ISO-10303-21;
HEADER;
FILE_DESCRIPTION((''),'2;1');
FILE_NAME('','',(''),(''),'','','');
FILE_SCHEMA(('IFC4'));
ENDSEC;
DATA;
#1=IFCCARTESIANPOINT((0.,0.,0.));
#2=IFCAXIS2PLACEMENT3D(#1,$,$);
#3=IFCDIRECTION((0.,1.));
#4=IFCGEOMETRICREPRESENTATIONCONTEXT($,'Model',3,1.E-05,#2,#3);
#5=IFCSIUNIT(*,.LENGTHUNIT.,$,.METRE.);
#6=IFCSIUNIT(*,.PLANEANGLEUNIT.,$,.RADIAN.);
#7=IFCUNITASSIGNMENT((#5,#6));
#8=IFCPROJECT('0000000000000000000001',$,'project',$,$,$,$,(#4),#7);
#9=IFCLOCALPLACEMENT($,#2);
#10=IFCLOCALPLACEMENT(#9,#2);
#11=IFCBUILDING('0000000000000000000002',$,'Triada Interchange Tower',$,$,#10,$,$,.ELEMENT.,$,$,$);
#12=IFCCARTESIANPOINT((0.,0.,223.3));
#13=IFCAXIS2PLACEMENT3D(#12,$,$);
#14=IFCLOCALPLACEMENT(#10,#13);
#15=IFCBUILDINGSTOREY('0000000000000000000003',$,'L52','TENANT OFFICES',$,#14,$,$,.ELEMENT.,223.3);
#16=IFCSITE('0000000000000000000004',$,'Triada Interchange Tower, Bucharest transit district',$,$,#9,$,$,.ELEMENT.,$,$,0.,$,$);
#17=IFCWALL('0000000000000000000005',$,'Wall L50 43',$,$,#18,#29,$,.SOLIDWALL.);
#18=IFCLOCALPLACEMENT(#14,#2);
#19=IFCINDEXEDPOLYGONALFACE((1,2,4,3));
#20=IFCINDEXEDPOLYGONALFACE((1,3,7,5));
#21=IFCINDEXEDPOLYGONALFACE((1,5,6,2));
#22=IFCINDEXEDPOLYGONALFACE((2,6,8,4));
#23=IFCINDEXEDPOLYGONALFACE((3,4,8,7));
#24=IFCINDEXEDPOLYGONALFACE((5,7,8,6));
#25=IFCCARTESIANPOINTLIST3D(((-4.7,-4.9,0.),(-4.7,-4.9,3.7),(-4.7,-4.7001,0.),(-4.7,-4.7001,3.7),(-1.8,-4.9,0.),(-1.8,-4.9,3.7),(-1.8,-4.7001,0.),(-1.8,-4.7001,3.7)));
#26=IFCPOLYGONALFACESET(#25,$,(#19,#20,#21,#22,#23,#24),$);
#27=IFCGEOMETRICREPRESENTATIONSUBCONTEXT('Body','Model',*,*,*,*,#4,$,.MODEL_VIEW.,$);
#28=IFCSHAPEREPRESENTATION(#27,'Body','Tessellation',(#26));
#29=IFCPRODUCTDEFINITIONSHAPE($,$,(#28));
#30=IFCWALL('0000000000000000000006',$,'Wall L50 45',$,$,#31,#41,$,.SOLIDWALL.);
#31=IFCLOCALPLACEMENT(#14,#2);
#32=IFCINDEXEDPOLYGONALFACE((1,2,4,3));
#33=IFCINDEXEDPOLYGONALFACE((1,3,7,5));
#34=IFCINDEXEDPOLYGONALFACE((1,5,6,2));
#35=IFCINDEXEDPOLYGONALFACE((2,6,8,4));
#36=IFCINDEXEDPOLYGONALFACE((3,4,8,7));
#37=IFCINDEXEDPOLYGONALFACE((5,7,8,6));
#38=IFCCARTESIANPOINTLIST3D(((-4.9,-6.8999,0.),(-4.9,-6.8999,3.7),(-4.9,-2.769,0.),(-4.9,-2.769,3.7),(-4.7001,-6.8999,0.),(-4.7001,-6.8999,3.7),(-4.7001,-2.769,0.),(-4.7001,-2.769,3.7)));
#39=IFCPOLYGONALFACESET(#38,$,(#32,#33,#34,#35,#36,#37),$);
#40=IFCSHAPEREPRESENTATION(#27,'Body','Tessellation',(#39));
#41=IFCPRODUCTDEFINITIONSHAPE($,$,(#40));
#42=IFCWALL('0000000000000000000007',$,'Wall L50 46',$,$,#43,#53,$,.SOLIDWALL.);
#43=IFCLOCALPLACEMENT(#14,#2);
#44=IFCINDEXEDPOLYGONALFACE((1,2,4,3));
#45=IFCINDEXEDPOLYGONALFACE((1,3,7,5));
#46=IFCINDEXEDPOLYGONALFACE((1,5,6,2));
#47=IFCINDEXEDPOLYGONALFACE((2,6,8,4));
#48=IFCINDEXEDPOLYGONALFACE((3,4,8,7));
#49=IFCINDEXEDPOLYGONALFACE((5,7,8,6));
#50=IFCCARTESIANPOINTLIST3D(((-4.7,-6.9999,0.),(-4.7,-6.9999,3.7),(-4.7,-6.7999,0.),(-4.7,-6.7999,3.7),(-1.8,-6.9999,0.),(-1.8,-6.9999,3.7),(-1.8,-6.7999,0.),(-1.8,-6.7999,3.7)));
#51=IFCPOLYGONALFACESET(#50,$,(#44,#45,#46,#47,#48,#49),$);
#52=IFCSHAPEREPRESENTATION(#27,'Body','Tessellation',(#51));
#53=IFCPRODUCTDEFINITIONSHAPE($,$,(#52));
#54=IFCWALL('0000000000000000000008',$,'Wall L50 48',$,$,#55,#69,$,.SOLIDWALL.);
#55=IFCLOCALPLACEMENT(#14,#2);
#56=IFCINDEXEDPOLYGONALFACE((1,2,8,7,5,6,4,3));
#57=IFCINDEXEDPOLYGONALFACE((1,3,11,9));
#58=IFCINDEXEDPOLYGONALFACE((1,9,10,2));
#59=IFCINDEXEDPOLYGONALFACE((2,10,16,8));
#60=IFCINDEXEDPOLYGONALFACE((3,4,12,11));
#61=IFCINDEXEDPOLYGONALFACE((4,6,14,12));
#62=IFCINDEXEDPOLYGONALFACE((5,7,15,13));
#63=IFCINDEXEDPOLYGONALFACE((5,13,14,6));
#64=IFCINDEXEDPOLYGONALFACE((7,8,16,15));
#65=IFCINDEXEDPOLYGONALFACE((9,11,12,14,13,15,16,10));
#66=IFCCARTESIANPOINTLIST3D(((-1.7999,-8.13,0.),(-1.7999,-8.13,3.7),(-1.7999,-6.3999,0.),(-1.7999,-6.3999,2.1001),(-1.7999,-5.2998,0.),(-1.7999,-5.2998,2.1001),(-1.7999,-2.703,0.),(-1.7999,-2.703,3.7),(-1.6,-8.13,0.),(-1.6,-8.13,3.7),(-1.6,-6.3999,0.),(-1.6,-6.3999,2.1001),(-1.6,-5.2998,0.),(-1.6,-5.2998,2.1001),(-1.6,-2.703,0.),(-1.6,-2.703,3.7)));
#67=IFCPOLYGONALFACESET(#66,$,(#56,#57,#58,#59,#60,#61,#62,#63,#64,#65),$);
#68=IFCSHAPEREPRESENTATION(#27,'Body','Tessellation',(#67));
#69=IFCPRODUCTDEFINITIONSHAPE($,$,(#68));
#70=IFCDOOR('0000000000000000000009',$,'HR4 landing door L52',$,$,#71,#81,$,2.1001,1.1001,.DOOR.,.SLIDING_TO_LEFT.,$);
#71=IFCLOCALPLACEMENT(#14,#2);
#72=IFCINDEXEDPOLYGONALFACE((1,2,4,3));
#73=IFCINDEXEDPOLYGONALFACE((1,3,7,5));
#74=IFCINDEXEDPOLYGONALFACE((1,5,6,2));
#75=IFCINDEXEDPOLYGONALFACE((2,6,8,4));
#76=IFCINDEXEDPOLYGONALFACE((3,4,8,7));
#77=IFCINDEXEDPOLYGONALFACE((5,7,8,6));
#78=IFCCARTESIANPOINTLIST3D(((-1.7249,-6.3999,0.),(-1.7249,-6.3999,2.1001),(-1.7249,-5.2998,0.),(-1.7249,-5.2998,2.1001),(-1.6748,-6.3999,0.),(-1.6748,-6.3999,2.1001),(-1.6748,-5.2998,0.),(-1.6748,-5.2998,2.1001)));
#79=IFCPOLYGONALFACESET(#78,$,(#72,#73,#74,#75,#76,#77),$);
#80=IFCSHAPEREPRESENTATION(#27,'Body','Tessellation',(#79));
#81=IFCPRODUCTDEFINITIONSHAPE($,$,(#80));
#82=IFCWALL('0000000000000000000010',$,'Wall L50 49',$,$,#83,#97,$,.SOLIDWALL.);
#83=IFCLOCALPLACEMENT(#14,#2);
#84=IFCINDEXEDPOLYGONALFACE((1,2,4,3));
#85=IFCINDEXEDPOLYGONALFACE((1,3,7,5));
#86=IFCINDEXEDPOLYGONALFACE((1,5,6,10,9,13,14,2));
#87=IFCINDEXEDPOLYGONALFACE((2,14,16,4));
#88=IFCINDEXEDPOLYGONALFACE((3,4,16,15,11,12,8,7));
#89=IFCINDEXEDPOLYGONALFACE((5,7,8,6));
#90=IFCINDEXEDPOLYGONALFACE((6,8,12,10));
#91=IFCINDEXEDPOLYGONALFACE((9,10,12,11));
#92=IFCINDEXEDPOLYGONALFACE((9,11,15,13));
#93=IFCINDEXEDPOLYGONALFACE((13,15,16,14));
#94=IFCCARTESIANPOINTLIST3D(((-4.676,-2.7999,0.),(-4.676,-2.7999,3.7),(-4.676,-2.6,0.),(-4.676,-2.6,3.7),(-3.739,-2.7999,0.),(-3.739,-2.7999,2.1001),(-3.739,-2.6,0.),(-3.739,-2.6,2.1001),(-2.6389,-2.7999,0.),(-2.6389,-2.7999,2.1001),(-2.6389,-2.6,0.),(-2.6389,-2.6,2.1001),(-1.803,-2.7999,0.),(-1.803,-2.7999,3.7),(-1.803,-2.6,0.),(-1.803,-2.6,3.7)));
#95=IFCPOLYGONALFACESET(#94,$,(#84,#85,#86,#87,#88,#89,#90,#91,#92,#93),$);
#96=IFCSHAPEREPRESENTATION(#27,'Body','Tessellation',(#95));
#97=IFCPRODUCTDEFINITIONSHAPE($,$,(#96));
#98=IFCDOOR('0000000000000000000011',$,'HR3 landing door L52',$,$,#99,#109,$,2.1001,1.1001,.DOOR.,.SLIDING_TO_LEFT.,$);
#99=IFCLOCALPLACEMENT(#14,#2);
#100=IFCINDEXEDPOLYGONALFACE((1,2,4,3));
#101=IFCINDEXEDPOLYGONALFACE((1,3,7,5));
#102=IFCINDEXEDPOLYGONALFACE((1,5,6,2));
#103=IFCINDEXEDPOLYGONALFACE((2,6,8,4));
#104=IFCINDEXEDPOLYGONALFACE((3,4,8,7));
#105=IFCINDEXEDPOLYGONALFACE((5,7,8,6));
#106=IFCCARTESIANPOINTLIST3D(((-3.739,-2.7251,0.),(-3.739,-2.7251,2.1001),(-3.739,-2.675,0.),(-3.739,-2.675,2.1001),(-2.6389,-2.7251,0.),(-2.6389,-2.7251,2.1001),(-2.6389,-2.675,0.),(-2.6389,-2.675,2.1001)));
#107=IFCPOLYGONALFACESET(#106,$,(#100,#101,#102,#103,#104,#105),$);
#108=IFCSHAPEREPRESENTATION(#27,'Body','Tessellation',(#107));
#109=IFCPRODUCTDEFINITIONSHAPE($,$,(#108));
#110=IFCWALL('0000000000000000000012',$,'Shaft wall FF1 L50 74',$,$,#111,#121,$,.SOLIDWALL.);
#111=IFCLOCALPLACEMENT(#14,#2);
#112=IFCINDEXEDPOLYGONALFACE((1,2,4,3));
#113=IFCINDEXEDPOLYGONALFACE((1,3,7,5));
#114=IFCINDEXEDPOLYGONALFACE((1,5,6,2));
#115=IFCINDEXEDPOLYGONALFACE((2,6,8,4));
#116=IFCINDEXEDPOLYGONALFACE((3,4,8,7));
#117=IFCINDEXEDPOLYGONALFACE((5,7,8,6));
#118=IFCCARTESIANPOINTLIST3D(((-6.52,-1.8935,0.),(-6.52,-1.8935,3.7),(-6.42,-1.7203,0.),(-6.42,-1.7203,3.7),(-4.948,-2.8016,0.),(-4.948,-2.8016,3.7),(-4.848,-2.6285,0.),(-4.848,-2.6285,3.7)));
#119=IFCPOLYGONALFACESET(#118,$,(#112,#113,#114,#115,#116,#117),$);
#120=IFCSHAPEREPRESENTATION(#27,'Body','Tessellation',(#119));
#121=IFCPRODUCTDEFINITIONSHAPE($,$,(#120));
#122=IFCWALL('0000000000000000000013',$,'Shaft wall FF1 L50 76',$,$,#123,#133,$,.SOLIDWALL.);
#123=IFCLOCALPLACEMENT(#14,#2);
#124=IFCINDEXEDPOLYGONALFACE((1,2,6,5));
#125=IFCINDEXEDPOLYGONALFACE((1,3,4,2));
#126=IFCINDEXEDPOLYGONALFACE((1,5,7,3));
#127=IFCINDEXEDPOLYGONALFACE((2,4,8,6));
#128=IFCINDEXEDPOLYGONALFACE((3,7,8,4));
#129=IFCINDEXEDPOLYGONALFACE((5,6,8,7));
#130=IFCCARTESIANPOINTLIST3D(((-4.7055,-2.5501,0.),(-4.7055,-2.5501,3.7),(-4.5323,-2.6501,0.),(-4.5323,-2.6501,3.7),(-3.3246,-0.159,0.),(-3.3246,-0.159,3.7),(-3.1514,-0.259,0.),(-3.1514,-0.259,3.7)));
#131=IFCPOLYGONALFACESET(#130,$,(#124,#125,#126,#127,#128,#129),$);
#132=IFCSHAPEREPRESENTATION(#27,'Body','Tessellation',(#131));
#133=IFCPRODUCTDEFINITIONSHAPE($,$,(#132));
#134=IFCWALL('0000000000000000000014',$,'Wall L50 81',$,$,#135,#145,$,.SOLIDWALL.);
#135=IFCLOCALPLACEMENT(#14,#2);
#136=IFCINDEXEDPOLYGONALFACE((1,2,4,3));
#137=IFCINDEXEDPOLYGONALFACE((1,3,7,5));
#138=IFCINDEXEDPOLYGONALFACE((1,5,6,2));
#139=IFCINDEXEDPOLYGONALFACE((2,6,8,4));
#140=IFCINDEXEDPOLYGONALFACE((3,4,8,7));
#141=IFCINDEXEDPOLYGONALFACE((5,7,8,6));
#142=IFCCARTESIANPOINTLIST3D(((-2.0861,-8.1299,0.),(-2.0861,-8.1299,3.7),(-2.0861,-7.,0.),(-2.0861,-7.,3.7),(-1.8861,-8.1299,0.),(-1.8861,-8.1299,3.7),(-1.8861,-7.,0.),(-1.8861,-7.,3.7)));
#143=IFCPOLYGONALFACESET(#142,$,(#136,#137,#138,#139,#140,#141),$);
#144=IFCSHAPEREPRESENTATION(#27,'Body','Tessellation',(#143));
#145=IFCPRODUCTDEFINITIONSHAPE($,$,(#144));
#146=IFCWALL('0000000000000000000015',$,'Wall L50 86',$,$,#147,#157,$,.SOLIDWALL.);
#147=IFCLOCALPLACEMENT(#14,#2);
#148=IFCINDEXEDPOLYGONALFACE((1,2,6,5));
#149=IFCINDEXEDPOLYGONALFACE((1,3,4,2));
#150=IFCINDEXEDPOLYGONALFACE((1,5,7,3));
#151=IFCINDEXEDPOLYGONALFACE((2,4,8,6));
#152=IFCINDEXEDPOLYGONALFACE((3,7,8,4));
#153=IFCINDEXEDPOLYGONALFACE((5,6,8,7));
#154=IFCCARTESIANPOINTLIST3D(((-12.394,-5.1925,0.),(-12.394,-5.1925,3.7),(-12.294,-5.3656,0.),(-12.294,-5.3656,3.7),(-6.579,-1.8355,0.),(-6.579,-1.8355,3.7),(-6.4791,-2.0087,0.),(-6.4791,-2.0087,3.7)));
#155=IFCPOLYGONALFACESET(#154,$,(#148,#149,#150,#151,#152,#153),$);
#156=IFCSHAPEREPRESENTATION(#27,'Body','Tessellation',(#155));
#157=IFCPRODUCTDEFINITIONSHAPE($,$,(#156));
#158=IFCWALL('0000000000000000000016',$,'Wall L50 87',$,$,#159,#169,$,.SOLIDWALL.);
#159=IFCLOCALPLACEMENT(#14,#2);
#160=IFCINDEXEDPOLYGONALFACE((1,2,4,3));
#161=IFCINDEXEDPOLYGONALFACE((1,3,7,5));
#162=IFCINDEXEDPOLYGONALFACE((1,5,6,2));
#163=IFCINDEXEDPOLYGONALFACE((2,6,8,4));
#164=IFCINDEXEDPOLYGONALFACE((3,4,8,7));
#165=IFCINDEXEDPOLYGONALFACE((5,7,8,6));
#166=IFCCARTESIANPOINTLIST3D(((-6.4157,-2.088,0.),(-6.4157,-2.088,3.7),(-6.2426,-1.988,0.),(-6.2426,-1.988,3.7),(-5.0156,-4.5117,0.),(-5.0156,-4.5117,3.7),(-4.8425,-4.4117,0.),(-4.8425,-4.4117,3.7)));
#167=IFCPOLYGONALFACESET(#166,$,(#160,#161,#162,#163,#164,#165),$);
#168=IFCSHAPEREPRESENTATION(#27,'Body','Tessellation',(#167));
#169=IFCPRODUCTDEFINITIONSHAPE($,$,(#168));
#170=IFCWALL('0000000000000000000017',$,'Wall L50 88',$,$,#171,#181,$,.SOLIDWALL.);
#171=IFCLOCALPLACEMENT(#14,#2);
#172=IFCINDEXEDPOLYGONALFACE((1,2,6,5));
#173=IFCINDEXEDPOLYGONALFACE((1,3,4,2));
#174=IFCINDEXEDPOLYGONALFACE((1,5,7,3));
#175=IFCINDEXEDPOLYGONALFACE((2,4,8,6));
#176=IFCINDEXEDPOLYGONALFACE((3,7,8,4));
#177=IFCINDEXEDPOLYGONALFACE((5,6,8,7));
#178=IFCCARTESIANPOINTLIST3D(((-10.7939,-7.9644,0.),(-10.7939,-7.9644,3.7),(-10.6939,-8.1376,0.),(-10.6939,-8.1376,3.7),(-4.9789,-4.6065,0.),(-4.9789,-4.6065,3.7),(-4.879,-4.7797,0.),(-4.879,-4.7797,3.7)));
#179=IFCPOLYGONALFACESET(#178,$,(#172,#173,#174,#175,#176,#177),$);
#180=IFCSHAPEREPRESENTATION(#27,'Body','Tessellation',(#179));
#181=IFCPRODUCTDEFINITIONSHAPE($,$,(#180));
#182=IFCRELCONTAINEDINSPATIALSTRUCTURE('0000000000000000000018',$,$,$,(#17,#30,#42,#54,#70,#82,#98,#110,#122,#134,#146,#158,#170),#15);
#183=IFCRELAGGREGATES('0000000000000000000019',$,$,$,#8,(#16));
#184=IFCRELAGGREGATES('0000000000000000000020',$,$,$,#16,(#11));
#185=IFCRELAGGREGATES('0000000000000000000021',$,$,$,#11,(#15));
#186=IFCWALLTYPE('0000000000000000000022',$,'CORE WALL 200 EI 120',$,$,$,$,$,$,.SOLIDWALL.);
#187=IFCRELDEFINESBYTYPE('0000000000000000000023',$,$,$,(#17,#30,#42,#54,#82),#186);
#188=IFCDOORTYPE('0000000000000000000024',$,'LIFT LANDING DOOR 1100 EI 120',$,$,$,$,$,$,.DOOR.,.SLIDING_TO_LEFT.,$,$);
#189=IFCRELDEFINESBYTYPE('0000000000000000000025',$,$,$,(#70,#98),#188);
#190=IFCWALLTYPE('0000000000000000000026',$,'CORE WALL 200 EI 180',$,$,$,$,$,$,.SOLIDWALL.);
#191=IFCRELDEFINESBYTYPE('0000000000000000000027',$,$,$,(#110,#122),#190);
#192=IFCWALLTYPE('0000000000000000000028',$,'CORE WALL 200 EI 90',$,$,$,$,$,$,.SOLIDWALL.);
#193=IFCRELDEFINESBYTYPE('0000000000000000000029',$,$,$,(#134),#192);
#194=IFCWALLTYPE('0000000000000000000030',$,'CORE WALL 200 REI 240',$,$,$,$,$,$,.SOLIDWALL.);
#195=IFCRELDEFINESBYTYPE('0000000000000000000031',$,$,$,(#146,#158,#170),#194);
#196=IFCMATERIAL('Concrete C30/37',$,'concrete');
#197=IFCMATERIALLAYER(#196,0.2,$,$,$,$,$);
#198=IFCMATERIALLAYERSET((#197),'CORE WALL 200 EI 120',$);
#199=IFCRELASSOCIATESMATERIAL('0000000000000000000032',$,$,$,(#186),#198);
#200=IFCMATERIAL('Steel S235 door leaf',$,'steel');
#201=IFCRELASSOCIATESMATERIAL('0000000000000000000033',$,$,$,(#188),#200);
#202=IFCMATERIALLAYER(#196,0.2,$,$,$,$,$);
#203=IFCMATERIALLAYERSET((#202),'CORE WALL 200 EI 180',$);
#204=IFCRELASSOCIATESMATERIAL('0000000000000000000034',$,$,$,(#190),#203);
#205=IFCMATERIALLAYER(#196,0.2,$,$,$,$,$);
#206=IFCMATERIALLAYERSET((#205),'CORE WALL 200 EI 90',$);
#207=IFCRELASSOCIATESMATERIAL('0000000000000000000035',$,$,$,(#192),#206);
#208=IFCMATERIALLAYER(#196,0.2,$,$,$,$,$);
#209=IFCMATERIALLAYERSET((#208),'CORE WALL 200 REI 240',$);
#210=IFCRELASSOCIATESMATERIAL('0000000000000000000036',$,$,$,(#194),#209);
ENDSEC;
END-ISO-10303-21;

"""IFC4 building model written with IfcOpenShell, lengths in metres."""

from ifc_helpers import new_model, si_unit, direction, frame, frame_2d, origin, place, context, subcontext, project, spatial, rectangle, extrude, material, layer, layer_set, type_object, element, fill, save


model = new_model("IFC4")

# Units and contexts
model_context = context("Model", 3, precision=1e-05, world=origin(), true_north=direction((0.0, 1.0)))
body_context = subcontext(model_context, "Body", "Model", "MODEL_VIEW")
ifc_project = project(units=[si_unit("LENGTHUNIT", "METRE"), si_unit("PLANEANGLEUNIT", "RADIAN")], contexts=[model_context])

# Site, building, storey
site_placement = place(None, origin())
site = spatial("IfcSite", under=ifc_project, at=site_placement, Name="Triada Interchange Tower, Bucharest transit district", CompositionType="ELEMENT", RefElevation=0.0)
building_placement = place(site_placement, origin())
building = spatial("IfcBuilding", under=site, at=building_placement, Name="Triada Interchange Tower", CompositionType="ELEMENT")
storey_placement = place(building_placement, frame((0.0, 0.0, 223.3)))
storey = spatial("IfcBuildingStorey", under=building, at=storey_placement, Name="L52", Description="TENANT OFFICES", CompositionType="ELEMENT", Elevation=223.3)

# Walls
ifc_material_1 = material(Name="Concrete C30/37", Category="concrete")
ifc_layer_1 = layer(ifc_material_1, 0.2)
ifc_layer_set_1 = layer_set([ifc_layer_1], Name="CORE WALL 200 EI 120")
wall_type_1 = type_object("IfcWallType", Name="CORE WALL 200 EI 120", PredefinedType="SOLIDWALL", material=ifc_layer_set_1)
wall_1_placement = place(storey_placement, frame((-4.7, -4.8, 0.0), z_axis=(0.0, 0.0, 1.0), x_axis=(1.0, 0.0, 0.0)))
element("IfcWall", 1, at=wall_1_placement, inside=storey, type_object=wall_type_1, Name="Wall L50 43", PredefinedType="SOLIDWALL", context=body_context, shape_type="SweptSolid", body=[
    extrude(rectangle(XDim=2.8999, YDim=0.2, at=frame_2d((1.45, 0.0))), origin(), (0.0, 0.0, 1.0), 3.7),
])
wall_2_placement = place(storey_placement, frame((-4.8, -6.8999, 0.0), z_axis=(0.0, 0.0, 1.0), x_axis=(0.0, 1.0, 0.0)))
element("IfcWall", 2, at=wall_2_placement, inside=storey, type_object=wall_type_1, Name="Wall L50 45", PredefinedType="SOLIDWALL", context=body_context, shape_type="SweptSolid", body=[
    extrude(rectangle(XDim=4.1309, YDim=0.2, at=frame_2d((2.0654, 0.0))), origin(), (0.0, 0.0, 1.0), 3.7),
])
wall_3_placement = place(storey_placement, frame((-4.7, -6.8999, 0.0), z_axis=(0.0, 0.0, 1.0), x_axis=(1.0, 0.0, 0.0)))
element("IfcWall", 3, at=wall_3_placement, inside=storey, type_object=wall_type_1, Name="Wall L50 46", PredefinedType="SOLIDWALL", context=body_context, shape_type="SweptSolid", body=[
    extrude(rectangle(XDim=2.8999, YDim=0.2, at=frame_2d((1.45, 0.0))), origin(), (0.0, 0.0, 1.0), 3.7),
])

# Walls, openings, doors
wall_4_placement = place(storey_placement, frame((-1.7, -8.1299, 0.0), z_axis=(0.0, 0.0, 1.0), x_axis=(0.0, 1.0, 0.0)))
wall_4 = element("IfcWall", 4, at=wall_4_placement, inside=storey, type_object=wall_type_1, Name="Wall L50 48", PredefinedType="SOLIDWALL", context=body_context, shape_type="SweptSolid", body=[
    extrude(rectangle(XDim=5.427, YDim=0.2, at=frame_2d((2.7134, 0.0))), origin(), (0.0, 0.0, 1.0), 3.7),
])
opening_1_placement = place(wall_4_placement, frame((1.73, 0.0, 0.0)))
opening_1 = element("IfcOpeningElement", 5, at=opening_1_placement, cuts=wall_4, PredefinedType="OPENING", context=body_context, shape_type="SweptSolid", body=[
    extrude(rectangle(XDim=1.1001, YDim=2.1001, at=frame_2d((0.55, 1.05))), frame((0.0, 0.1099, 0.0), z_axis=(0.0, -1.0, 0.0), x_axis=(1.0, 0.0, 0.0)), (0.0, 0.0, 1.0), 0.22),
])
ifc_material_2 = material(Name="Steel S235 door leaf", Category="steel")
door_type_1 = type_object("IfcDoorType", Name="LIFT LANDING DOOR 1100 EI 120", OperationType="SLIDING_TO_LEFT", PredefinedType="DOOR", material=ifc_material_2)
door_1_placement = place(opening_1_placement, origin())
door_1 = element("IfcDoor", 6, at=door_1_placement, inside=storey, type_object=door_type_1, Name="HR4 landing door L52", OperationType="SLIDING_TO_LEFT", OverallHeight=2.1001, OverallWidth=1.1001, PredefinedType="DOOR", context=body_context, shape_type="SweptSolid", body=[
    extrude(rectangle(XDim=1.1001, YDim=2.1001, at=frame_2d((0.55, 1.05))), frame((0.0, 0.0249, 0.0), z_axis=(0.0, -1.0, 0.0), x_axis=(1.0, 0.0, 0.0)), (0.0, 0.0, 1.0), 0.05),
])
fill(opening_1, door_1)
wall_5_placement = place(storey_placement, frame((-4.676, -2.7, 0.0), z_axis=(0.0, 0.0, 1.0), x_axis=(1.0, 0.0, 0.0)))
wall_5 = element("IfcWall", 7, at=wall_5_placement, inside=storey, type_object=wall_type_1, Name="Wall L50 49", PredefinedType="SOLIDWALL", context=body_context, shape_type="SweptSolid", body=[
    extrude(rectangle(XDim=2.873, YDim=0.2, at=frame_2d((1.4365, 0.0))), origin(), (0.0, 0.0, 1.0), 3.7),
])
opening_2_placement = place(wall_5_placement, frame((0.937, 0.0, 0.0)))
opening_2 = element("IfcOpeningElement", 8, at=opening_2_placement, cuts=wall_5, PredefinedType="OPENING", context=body_context, shape_type="SweptSolid", body=[
    extrude(rectangle(XDim=1.1001, YDim=2.1001, at=frame_2d((0.55, 1.05))), frame((0.0, 0.1099, 0.0), z_axis=(0.0, -1.0, 0.0), x_axis=(1.0, 0.0, 0.0)), (0.0, 0.0, 1.0), 0.22),
])
door_2_placement = place(opening_2_placement, origin())
door_2 = element("IfcDoor", 9, at=door_2_placement, inside=storey, type_object=door_type_1, Name="HR3 landing door L52", OperationType="SLIDING_TO_LEFT", OverallHeight=2.1001, OverallWidth=1.1001, PredefinedType="DOOR", context=body_context, shape_type="SweptSolid", body=[
    extrude(rectangle(XDim=1.1001, YDim=2.1001, at=frame_2d((0.55, 1.05))), frame((0.0, 0.0249, 0.0), z_axis=(0.0, -1.0, 0.0), x_axis=(1.0, 0.0, 0.0)), (0.0, 0.0, 1.0), 0.05),
])
fill(opening_2, door_2)

# Walls
ifc_layer_2 = layer(ifc_material_1, 0.2)
ifc_layer_set_2 = layer_set([ifc_layer_2], Name="CORE WALL 200 EI 180")
wall_type_2 = type_object("IfcWallType", Name="CORE WALL 200 EI 180", PredefinedType="SOLIDWALL", material=ifc_layer_set_2)
wall_6_placement = place(storey_placement, frame((-6.47, -1.8069, 0.0), z_axis=(0.0, 0.0, 1.0), x_axis=(0.865883, -0.500246, 0.0)))
element("IfcWall", 10, at=wall_6_placement, inside=storey, type_object=wall_type_2, Name="Shaft wall FF1 L50 74", PredefinedType="SOLIDWALL", context=body_context, shape_type="SweptSolid", body=[
    extrude(rectangle(XDim=1.8154, YDim=0.2, at=frame_2d((0.9077, 0.0))), origin(), (0.0, 0.0, 1.0), 3.7),
])
wall_7_placement = place(storey_placement, frame((-4.6189, -2.6001, 0.0), z_axis=(0.0, 0.0, 1.0), x_axis=(0.500095, 0.865971, 0.0)))
element("IfcWall", 11, at=wall_7_placement, inside=storey, type_object=wall_type_2, Name="Shaft wall FF1 L50 76", PredefinedType="SOLIDWALL", context=body_context, shape_type="SweptSolid", body=[
    extrude(rectangle(XDim=2.7612, YDim=0.2, at=frame_2d((1.3806, 0.0))), origin(), (0.0, 0.0, 1.0), 3.7),
])
ifc_layer_3 = layer(ifc_material_1, 0.2)
ifc_layer_set_3 = layer_set([ifc_layer_3], Name="CORE WALL 200 EI 90")
wall_type_3 = type_object("IfcWallType", Name="CORE WALL 200 EI 90", PredefinedType="SOLIDWALL", material=ifc_layer_set_3)
wall_8_placement = place(storey_placement, frame((-1.9861, -8.1299, 0.0), z_axis=(0.0, 0.0, 1.0), x_axis=(0.0, 1.0, 0.0)))
element("IfcWall", 12, at=wall_8_placement, inside=storey, type_object=wall_type_3, Name="Wall L50 81", PredefinedType="SOLIDWALL", context=body_context, shape_type="SweptSolid", body=[
    extrude(rectangle(XDim=1.1299, YDim=0.2, at=frame_2d((0.5649, 0.0))), origin(), (0.0, 0.0, 1.0), 3.7),
])
ifc_layer_4 = layer(ifc_material_1, 0.2)
ifc_layer_set_4 = layer_set([ifc_layer_4], Name="CORE WALL 200 REI 240")
wall_type_4 = type_object("IfcWallType", Name="CORE WALL 200 REI 240", PredefinedType="SOLIDWALL", material=ifc_layer_set_4)
wall_9_placement = place(storey_placement, frame((-12.344, -5.2791, 0.0), z_axis=(0.0, 0.0, 1.0), x_axis=(0.866046, 0.499964, 0.0)))
element("IfcWall", 13, at=wall_9_placement, inside=storey, type_object=wall_type_4, Name="Wall L50 86", PredefinedType="SOLIDWALL", context=body_context, shape_type="SweptSolid", body=[
    extrude(rectangle(XDim=6.7144, YDim=0.2, at=frame_2d((3.3572, 0.0))), origin(), (0.0, 0.0, 1.0), 3.7),
])
wall_10_placement = place(storey_placement, frame((-6.3291, -2.0381, 0.0), z_axis=(0.0, 0.0, 1.0), x_axis=(0.500201, -0.86591, 0.0)))
element("IfcWall", 14, at=wall_10_placement, inside=storey, type_object=wall_type_4, Name="Wall L50 87", PredefinedType="SOLIDWALL", context=body_context, shape_type="SweptSolid", body=[
    extrude(rectangle(XDim=2.7991, YDim=0.2, at=frame_2d((1.3994, 0.0))), origin(), (0.0, 0.0, 1.0), 3.7),
])
wall_11_placement = place(storey_placement, frame((-10.7439, -8.051, 0.0), z_axis=(0.0, 0.0, 1.0), x_axis=(0.865983, 0.500073, 0.0)))
element("IfcWall", 15, at=wall_11_placement, inside=storey, type_object=wall_type_4, Name="Wall L50 88", PredefinedType="SOLIDWALL", context=body_context, shape_type="SweptSolid", body=[
    extrude(rectangle(XDim=6.7148, YDim=0.2, at=frame_2d((3.3574, 0.0))), origin(), (0.0, 0.0, 1.0), 3.7),
])

save(model, "model.ifc")
